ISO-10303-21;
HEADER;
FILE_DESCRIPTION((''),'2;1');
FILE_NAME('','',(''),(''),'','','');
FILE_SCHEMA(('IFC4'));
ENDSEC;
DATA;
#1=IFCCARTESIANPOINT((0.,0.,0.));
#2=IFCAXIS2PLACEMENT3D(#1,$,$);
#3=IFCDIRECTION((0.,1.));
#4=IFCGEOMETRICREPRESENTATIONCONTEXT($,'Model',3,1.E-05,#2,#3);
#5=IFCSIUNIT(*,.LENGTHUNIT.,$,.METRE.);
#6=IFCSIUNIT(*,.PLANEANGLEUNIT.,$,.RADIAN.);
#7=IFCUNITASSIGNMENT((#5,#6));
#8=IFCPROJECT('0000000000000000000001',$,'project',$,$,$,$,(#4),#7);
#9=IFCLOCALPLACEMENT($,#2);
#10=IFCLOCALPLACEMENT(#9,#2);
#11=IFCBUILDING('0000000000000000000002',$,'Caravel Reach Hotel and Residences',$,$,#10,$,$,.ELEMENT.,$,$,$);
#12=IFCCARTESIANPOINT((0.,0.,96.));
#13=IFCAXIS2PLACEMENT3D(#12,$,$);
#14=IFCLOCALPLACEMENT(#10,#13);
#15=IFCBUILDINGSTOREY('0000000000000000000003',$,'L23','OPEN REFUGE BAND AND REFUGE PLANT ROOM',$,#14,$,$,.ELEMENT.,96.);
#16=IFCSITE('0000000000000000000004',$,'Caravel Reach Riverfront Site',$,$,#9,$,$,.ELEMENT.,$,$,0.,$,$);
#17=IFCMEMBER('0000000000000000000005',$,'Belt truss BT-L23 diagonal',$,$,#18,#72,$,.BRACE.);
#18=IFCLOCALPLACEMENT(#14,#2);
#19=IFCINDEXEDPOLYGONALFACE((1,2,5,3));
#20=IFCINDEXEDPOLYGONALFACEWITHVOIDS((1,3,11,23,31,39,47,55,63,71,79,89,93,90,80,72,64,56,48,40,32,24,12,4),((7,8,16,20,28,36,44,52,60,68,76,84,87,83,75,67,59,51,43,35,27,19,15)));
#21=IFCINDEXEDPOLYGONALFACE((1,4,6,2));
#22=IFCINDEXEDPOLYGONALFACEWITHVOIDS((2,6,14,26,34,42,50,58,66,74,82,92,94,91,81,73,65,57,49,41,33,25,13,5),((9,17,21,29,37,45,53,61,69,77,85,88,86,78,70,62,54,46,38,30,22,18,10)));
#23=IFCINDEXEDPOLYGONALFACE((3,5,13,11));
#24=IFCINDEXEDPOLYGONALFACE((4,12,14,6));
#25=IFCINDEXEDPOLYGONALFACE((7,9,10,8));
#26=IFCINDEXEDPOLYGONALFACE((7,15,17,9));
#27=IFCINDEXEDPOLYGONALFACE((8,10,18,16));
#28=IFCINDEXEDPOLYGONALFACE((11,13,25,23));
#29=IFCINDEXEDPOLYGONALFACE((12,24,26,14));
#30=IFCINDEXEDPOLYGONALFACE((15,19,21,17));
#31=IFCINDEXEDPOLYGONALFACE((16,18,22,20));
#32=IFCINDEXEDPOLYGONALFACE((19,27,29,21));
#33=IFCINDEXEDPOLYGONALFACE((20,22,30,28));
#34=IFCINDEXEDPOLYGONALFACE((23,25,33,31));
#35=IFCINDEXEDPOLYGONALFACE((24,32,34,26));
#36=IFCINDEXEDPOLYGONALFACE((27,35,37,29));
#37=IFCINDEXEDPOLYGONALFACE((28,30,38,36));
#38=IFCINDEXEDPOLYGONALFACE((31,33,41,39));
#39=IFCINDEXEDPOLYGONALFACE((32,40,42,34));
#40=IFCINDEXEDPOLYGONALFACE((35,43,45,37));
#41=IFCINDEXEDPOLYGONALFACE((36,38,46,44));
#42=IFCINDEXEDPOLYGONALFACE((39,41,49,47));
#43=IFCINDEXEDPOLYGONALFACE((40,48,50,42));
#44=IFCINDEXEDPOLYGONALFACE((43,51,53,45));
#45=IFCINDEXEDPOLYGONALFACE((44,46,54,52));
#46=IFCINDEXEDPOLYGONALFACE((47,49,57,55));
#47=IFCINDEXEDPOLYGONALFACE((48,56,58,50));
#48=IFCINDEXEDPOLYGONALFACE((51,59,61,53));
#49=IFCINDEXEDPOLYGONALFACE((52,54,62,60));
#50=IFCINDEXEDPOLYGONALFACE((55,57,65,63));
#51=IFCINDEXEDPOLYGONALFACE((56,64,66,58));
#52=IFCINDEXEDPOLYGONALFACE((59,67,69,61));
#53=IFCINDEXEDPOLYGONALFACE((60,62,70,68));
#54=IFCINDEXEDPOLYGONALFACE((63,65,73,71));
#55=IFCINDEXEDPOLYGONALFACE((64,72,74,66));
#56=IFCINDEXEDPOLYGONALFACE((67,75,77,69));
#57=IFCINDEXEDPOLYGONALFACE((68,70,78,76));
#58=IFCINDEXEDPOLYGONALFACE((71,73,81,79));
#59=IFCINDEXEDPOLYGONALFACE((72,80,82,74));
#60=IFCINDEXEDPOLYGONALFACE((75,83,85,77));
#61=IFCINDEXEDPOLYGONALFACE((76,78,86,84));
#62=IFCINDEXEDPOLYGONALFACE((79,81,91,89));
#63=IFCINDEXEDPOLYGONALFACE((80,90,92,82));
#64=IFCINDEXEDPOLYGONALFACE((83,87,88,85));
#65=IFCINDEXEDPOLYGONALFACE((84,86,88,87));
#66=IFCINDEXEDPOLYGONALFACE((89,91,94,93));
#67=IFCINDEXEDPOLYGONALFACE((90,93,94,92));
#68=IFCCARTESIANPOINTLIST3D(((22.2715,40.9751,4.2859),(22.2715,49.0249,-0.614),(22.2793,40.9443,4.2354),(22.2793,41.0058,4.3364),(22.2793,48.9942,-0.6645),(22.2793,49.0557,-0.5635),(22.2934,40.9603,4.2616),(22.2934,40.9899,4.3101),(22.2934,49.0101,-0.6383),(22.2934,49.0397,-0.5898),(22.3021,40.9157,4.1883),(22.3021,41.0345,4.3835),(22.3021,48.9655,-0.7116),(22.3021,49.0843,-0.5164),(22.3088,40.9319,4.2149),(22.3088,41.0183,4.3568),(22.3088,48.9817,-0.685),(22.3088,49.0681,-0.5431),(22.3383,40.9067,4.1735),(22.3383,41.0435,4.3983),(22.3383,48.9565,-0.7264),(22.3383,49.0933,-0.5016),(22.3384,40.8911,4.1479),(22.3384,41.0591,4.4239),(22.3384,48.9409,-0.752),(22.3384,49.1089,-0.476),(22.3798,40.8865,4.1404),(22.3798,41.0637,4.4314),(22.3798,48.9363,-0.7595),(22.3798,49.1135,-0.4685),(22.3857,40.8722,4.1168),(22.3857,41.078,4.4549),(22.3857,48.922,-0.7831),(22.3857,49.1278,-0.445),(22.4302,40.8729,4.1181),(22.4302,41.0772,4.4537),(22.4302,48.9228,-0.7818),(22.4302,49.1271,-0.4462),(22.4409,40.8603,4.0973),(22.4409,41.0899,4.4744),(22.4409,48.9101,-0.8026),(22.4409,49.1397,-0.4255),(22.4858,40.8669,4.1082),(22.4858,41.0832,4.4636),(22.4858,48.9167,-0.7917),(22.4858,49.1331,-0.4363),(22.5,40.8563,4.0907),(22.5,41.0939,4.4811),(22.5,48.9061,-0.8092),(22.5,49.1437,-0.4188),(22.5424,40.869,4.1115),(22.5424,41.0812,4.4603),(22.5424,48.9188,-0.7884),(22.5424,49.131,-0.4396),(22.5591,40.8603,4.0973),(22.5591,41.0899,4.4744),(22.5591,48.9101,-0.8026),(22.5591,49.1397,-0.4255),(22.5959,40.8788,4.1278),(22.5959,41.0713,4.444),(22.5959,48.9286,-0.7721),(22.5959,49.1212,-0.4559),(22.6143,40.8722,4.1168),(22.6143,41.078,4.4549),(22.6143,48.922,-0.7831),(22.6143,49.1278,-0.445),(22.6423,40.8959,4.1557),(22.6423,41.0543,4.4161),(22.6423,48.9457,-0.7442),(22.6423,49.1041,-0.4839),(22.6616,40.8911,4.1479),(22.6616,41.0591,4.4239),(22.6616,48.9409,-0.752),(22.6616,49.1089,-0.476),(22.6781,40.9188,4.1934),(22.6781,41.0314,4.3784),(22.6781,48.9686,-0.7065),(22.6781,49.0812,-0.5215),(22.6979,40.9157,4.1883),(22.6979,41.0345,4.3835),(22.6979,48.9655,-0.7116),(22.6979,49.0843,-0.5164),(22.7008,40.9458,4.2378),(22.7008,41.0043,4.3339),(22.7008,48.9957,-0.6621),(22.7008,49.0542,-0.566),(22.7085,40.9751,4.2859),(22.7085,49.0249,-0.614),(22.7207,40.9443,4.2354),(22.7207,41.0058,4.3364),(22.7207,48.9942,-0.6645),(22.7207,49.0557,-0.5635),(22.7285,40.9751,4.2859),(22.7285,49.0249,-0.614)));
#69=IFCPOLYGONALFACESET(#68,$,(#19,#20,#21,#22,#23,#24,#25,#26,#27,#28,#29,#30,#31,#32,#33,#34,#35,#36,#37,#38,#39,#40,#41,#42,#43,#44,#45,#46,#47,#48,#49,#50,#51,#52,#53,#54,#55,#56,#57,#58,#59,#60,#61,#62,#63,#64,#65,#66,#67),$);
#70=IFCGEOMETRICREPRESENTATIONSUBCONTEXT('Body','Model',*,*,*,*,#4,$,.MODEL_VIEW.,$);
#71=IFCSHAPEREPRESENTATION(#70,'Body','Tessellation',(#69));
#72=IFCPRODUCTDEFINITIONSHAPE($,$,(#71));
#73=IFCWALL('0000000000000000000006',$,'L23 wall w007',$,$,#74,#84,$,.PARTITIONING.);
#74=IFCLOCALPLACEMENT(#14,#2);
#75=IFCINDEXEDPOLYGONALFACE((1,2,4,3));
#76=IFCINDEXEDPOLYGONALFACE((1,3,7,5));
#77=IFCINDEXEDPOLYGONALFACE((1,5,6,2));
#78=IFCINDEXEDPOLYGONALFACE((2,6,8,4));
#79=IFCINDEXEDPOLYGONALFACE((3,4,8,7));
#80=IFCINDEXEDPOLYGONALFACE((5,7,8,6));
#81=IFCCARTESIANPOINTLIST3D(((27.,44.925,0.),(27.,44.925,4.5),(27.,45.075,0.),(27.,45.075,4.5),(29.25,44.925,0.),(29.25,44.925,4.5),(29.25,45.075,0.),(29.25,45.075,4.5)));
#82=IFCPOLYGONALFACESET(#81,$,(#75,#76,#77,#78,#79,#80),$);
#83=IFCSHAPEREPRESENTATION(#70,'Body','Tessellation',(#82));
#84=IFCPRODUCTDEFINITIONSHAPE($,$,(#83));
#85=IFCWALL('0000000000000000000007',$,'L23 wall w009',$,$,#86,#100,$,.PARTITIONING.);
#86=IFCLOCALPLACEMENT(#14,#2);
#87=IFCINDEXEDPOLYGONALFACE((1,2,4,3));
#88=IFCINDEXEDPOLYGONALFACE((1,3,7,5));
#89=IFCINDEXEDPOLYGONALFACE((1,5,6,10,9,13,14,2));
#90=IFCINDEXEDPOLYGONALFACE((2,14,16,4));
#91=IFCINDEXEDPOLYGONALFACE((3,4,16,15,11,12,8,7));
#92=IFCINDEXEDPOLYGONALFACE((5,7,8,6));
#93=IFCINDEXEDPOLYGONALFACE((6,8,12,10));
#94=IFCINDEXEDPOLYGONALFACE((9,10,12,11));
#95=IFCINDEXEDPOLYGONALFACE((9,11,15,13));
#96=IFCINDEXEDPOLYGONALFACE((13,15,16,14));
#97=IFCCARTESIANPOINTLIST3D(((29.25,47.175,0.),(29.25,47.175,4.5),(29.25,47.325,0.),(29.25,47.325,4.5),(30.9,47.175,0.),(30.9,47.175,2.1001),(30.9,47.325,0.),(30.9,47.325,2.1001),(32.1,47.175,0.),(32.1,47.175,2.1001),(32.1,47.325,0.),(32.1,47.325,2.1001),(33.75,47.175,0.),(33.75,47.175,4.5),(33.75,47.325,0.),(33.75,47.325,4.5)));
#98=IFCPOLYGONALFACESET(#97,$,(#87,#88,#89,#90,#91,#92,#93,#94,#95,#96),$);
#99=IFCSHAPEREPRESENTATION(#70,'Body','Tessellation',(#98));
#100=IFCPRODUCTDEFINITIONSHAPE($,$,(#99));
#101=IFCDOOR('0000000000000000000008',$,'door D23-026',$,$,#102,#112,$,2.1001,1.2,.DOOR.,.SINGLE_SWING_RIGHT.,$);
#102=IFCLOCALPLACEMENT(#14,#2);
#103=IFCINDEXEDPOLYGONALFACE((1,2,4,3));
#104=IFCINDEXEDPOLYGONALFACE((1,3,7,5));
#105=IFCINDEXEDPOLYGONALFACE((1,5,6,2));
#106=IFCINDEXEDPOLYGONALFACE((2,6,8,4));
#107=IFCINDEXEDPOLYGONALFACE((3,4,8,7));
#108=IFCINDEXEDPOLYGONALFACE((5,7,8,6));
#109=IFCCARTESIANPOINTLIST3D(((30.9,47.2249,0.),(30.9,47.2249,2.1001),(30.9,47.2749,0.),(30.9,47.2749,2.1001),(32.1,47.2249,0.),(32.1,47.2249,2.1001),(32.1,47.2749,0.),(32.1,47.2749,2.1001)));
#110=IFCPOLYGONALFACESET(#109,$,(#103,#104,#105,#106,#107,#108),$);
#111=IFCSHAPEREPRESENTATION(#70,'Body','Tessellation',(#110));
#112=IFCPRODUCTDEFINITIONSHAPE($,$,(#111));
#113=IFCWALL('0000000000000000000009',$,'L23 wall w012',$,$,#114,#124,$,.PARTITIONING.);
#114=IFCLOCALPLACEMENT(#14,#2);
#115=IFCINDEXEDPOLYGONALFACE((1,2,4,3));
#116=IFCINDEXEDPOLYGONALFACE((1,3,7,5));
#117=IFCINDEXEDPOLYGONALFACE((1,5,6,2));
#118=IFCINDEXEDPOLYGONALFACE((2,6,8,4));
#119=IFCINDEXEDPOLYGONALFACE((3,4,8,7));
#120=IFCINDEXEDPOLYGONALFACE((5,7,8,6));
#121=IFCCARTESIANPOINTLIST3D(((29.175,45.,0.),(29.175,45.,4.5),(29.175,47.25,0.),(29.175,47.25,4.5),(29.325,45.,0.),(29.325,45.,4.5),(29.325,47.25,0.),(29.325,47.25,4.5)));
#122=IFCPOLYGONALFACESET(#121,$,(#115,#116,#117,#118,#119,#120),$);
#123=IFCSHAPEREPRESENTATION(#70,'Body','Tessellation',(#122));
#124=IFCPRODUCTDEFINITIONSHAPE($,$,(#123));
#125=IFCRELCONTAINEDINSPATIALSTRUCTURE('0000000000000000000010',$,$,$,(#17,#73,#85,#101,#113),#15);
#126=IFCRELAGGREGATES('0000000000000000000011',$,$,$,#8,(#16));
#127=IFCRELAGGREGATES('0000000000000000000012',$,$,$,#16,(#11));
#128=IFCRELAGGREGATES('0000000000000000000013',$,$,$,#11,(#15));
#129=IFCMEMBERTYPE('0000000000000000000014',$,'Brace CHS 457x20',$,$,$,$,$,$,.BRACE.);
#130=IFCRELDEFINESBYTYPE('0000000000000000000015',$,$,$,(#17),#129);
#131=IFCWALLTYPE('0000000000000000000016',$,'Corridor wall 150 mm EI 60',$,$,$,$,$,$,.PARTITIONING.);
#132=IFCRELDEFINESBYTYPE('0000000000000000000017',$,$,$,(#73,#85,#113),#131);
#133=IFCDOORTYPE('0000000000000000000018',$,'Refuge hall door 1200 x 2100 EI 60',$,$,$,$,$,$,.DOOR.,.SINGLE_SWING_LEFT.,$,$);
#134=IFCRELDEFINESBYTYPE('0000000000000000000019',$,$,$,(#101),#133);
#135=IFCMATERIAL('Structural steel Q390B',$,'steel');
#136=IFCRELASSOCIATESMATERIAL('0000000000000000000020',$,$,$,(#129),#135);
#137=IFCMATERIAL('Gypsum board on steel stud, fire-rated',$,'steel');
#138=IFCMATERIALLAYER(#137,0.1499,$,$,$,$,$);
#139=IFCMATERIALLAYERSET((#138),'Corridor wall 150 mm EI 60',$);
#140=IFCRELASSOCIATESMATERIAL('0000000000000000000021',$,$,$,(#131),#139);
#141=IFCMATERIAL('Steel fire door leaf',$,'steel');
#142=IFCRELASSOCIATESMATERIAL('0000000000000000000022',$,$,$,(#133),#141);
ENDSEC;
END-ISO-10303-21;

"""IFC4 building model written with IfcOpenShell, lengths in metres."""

from ifc_helpers import new_model, si_unit, direction, frame, frame_2d, origin, origin_2d, place, context, subcontext, project, spatial, rectangle, hollow_circle, extrude, material, layer, layer_set, material_profile, profile_set, type_object, element, fill, save


model = new_model("IFC4")

# Units and contexts
model_context = context("Model", 3, precision=1e-05, world=origin(), true_north=direction((0.0, 1.0)))
body_context = subcontext(model_context, "Body", "Model", "MODEL_VIEW")
ifc_project = project(units=[si_unit("LENGTHUNIT", "METRE"), si_unit("PLANEANGLEUNIT", "RADIAN")], contexts=[model_context])

# Site, building, storey
site_placement = place(None, origin())
site = spatial("IfcSite", under=ifc_project, at=site_placement, Name="Caravel Reach Riverfront Site", CompositionType="ELEMENT", RefElevation=0.0)
building_placement = place(site_placement, origin())
building = spatial("IfcBuilding", under=site, at=building_placement, Name="Caravel Reach Hotel and Residences", CompositionType="ELEMENT")
storey_placement = place(building_placement, frame((0.0, 0.0, 96.0)))
storey = spatial("IfcBuildingStorey", under=building, at=storey_placement, Name="L23", Description="OPEN REFUGE BAND AND REFUGE PLANT ROOM", CompositionType="ELEMENT", Elevation=96.0)

# Member
ifc_material_1 = material(Name="Structural steel Q390B", Category="steel")
ifc_material_profile_1 = material_profile(ifc_material_1, hollow_circle(Radius=0.2285, WallThickness=0.02, at=origin_2d()), Name="CHS 457x20")
ifc_profile_set_1 = profile_set([ifc_material_profile_1], Name="Structural steel Q390B")
member_type = type_object("IfcMemberType", Name="Brace CHS 457x20", PredefinedType="BRACE", material=ifc_profile_set_1)
member_placement = place(storey_placement, frame((22.5, 49.0249, -0.614), z_axis=(0.0, -0.854198, 0.519949), x_axis=(1.0, 0.0, 0.0)))
element("IfcMember", 1, at=member_placement, inside=storey, type_object=member_type, Name="Belt truss BT-L23 diagonal", PredefinedType="BRACE", context=body_context, shape_type="SweptSolid", body=[
    extrude(hollow_circle(Radius=0.2285, WallThickness=0.02, at=origin_2d()), origin(), (0.0, 0.0, 1.0), 9.4238),
])

# Wall
ifc_material_2 = material(Name="Gypsum board on steel stud, fire-rated", Category="steel")
ifc_layer = layer(ifc_material_2, 0.1499)
ifc_layer_set = layer_set([ifc_layer], Name="Corridor wall 150 mm EI 60")
wall_type = type_object("IfcWallType", Name="Corridor wall 150 mm EI 60", PredefinedType="PARTITIONING", material=ifc_layer_set)
wall_1_placement = place(storey_placement, frame((27.0, 45.0, 0.0), z_axis=(0.0, 0.0, 1.0), x_axis=(1.0, 0.0, 0.0)))
element("IfcWall", 2, at=wall_1_placement, inside=storey, type_object=wall_type, Name="L23 wall w007", PredefinedType="PARTITIONING", context=body_context, shape_type="SweptSolid", body=[
    extrude(rectangle(XDim=2.25, YDim=0.1499, at=frame_2d((1.125, 0.0))), origin(), (0.0, 0.0, 1.0), 4.5),
])

# Wall, opening, door
wall_2_placement = place(storey_placement, frame((29.25, 47.25, 0.0), z_axis=(0.0, 0.0, 1.0), x_axis=(1.0, 0.0, 0.0)))
wall_2 = element("IfcWall", 3, at=wall_2_placement, inside=storey, type_object=wall_type, Name="L23 wall w009", PredefinedType="PARTITIONING", context=body_context, shape_type="SweptSolid", body=[
    extrude(rectangle(XDim=4.5, YDim=0.1499, at=frame_2d((2.25, 0.0))), origin(), (0.0, 0.0, 1.0), 4.5),
])
opening_placement = place(wall_2_placement, frame((1.6499, 0.0, 0.0)))
opening = element("IfcOpeningElement", 4, at=opening_placement, cuts=wall_2, PredefinedType="OPENING", context=body_context, shape_type="SweptSolid", body=[
    extrude(rectangle(XDim=1.2, YDim=2.1001, at=frame_2d((0.6001, 1.05))), frame((0.0, 0.085, 0.0), z_axis=(0.0, -1.0, 0.0), x_axis=(1.0, 0.0, 0.0)), (0.0, 0.0, 1.0), 0.1699),
])
ifc_material_3 = material(Name="Steel fire door leaf", Category="steel")
door_type = type_object("IfcDoorType", Name="Refuge hall door 1200 x 2100 EI 60", OperationType="SINGLE_SWING_LEFT", PredefinedType="DOOR", material=ifc_material_3)
door_placement = place(opening_placement, origin())
door = element("IfcDoor", 5, at=door_placement, inside=storey, type_object=door_type, Name="door D23-026", OperationType="SINGLE_SWING_RIGHT", OverallHeight=2.1001, OverallWidth=1.2, PredefinedType="DOOR", context=body_context, shape_type="SweptSolid", body=[
    extrude(rectangle(XDim=1.2, YDim=2.1001, at=frame_2d((0.6001, 1.05))), frame((0.0, 0.0249, 0.0), z_axis=(0.0, -1.0, 0.0), x_axis=(1.0, 0.0, 0.0)), (0.0, 0.0, 1.0), 0.05),
])
fill(opening, door)

# Wall
wall_3_placement = place(storey_placement, frame((29.25, 45.0, 0.0), z_axis=(0.0, 0.0, 1.0), x_axis=(0.0, 1.0, 0.0)))
element("IfcWall", 6, at=wall_3_placement, inside=storey, type_object=wall_type, Name="L23 wall w012", PredefinedType="PARTITIONING", context=body_context, shape_type="SweptSolid", body=[
    extrude(rectangle(XDim=2.25, YDim=0.1499, at=frame_2d((1.125, 0.0))), origin(), (0.0, 0.0, 1.0), 4.5),
])

save(model, "model.ifc")
